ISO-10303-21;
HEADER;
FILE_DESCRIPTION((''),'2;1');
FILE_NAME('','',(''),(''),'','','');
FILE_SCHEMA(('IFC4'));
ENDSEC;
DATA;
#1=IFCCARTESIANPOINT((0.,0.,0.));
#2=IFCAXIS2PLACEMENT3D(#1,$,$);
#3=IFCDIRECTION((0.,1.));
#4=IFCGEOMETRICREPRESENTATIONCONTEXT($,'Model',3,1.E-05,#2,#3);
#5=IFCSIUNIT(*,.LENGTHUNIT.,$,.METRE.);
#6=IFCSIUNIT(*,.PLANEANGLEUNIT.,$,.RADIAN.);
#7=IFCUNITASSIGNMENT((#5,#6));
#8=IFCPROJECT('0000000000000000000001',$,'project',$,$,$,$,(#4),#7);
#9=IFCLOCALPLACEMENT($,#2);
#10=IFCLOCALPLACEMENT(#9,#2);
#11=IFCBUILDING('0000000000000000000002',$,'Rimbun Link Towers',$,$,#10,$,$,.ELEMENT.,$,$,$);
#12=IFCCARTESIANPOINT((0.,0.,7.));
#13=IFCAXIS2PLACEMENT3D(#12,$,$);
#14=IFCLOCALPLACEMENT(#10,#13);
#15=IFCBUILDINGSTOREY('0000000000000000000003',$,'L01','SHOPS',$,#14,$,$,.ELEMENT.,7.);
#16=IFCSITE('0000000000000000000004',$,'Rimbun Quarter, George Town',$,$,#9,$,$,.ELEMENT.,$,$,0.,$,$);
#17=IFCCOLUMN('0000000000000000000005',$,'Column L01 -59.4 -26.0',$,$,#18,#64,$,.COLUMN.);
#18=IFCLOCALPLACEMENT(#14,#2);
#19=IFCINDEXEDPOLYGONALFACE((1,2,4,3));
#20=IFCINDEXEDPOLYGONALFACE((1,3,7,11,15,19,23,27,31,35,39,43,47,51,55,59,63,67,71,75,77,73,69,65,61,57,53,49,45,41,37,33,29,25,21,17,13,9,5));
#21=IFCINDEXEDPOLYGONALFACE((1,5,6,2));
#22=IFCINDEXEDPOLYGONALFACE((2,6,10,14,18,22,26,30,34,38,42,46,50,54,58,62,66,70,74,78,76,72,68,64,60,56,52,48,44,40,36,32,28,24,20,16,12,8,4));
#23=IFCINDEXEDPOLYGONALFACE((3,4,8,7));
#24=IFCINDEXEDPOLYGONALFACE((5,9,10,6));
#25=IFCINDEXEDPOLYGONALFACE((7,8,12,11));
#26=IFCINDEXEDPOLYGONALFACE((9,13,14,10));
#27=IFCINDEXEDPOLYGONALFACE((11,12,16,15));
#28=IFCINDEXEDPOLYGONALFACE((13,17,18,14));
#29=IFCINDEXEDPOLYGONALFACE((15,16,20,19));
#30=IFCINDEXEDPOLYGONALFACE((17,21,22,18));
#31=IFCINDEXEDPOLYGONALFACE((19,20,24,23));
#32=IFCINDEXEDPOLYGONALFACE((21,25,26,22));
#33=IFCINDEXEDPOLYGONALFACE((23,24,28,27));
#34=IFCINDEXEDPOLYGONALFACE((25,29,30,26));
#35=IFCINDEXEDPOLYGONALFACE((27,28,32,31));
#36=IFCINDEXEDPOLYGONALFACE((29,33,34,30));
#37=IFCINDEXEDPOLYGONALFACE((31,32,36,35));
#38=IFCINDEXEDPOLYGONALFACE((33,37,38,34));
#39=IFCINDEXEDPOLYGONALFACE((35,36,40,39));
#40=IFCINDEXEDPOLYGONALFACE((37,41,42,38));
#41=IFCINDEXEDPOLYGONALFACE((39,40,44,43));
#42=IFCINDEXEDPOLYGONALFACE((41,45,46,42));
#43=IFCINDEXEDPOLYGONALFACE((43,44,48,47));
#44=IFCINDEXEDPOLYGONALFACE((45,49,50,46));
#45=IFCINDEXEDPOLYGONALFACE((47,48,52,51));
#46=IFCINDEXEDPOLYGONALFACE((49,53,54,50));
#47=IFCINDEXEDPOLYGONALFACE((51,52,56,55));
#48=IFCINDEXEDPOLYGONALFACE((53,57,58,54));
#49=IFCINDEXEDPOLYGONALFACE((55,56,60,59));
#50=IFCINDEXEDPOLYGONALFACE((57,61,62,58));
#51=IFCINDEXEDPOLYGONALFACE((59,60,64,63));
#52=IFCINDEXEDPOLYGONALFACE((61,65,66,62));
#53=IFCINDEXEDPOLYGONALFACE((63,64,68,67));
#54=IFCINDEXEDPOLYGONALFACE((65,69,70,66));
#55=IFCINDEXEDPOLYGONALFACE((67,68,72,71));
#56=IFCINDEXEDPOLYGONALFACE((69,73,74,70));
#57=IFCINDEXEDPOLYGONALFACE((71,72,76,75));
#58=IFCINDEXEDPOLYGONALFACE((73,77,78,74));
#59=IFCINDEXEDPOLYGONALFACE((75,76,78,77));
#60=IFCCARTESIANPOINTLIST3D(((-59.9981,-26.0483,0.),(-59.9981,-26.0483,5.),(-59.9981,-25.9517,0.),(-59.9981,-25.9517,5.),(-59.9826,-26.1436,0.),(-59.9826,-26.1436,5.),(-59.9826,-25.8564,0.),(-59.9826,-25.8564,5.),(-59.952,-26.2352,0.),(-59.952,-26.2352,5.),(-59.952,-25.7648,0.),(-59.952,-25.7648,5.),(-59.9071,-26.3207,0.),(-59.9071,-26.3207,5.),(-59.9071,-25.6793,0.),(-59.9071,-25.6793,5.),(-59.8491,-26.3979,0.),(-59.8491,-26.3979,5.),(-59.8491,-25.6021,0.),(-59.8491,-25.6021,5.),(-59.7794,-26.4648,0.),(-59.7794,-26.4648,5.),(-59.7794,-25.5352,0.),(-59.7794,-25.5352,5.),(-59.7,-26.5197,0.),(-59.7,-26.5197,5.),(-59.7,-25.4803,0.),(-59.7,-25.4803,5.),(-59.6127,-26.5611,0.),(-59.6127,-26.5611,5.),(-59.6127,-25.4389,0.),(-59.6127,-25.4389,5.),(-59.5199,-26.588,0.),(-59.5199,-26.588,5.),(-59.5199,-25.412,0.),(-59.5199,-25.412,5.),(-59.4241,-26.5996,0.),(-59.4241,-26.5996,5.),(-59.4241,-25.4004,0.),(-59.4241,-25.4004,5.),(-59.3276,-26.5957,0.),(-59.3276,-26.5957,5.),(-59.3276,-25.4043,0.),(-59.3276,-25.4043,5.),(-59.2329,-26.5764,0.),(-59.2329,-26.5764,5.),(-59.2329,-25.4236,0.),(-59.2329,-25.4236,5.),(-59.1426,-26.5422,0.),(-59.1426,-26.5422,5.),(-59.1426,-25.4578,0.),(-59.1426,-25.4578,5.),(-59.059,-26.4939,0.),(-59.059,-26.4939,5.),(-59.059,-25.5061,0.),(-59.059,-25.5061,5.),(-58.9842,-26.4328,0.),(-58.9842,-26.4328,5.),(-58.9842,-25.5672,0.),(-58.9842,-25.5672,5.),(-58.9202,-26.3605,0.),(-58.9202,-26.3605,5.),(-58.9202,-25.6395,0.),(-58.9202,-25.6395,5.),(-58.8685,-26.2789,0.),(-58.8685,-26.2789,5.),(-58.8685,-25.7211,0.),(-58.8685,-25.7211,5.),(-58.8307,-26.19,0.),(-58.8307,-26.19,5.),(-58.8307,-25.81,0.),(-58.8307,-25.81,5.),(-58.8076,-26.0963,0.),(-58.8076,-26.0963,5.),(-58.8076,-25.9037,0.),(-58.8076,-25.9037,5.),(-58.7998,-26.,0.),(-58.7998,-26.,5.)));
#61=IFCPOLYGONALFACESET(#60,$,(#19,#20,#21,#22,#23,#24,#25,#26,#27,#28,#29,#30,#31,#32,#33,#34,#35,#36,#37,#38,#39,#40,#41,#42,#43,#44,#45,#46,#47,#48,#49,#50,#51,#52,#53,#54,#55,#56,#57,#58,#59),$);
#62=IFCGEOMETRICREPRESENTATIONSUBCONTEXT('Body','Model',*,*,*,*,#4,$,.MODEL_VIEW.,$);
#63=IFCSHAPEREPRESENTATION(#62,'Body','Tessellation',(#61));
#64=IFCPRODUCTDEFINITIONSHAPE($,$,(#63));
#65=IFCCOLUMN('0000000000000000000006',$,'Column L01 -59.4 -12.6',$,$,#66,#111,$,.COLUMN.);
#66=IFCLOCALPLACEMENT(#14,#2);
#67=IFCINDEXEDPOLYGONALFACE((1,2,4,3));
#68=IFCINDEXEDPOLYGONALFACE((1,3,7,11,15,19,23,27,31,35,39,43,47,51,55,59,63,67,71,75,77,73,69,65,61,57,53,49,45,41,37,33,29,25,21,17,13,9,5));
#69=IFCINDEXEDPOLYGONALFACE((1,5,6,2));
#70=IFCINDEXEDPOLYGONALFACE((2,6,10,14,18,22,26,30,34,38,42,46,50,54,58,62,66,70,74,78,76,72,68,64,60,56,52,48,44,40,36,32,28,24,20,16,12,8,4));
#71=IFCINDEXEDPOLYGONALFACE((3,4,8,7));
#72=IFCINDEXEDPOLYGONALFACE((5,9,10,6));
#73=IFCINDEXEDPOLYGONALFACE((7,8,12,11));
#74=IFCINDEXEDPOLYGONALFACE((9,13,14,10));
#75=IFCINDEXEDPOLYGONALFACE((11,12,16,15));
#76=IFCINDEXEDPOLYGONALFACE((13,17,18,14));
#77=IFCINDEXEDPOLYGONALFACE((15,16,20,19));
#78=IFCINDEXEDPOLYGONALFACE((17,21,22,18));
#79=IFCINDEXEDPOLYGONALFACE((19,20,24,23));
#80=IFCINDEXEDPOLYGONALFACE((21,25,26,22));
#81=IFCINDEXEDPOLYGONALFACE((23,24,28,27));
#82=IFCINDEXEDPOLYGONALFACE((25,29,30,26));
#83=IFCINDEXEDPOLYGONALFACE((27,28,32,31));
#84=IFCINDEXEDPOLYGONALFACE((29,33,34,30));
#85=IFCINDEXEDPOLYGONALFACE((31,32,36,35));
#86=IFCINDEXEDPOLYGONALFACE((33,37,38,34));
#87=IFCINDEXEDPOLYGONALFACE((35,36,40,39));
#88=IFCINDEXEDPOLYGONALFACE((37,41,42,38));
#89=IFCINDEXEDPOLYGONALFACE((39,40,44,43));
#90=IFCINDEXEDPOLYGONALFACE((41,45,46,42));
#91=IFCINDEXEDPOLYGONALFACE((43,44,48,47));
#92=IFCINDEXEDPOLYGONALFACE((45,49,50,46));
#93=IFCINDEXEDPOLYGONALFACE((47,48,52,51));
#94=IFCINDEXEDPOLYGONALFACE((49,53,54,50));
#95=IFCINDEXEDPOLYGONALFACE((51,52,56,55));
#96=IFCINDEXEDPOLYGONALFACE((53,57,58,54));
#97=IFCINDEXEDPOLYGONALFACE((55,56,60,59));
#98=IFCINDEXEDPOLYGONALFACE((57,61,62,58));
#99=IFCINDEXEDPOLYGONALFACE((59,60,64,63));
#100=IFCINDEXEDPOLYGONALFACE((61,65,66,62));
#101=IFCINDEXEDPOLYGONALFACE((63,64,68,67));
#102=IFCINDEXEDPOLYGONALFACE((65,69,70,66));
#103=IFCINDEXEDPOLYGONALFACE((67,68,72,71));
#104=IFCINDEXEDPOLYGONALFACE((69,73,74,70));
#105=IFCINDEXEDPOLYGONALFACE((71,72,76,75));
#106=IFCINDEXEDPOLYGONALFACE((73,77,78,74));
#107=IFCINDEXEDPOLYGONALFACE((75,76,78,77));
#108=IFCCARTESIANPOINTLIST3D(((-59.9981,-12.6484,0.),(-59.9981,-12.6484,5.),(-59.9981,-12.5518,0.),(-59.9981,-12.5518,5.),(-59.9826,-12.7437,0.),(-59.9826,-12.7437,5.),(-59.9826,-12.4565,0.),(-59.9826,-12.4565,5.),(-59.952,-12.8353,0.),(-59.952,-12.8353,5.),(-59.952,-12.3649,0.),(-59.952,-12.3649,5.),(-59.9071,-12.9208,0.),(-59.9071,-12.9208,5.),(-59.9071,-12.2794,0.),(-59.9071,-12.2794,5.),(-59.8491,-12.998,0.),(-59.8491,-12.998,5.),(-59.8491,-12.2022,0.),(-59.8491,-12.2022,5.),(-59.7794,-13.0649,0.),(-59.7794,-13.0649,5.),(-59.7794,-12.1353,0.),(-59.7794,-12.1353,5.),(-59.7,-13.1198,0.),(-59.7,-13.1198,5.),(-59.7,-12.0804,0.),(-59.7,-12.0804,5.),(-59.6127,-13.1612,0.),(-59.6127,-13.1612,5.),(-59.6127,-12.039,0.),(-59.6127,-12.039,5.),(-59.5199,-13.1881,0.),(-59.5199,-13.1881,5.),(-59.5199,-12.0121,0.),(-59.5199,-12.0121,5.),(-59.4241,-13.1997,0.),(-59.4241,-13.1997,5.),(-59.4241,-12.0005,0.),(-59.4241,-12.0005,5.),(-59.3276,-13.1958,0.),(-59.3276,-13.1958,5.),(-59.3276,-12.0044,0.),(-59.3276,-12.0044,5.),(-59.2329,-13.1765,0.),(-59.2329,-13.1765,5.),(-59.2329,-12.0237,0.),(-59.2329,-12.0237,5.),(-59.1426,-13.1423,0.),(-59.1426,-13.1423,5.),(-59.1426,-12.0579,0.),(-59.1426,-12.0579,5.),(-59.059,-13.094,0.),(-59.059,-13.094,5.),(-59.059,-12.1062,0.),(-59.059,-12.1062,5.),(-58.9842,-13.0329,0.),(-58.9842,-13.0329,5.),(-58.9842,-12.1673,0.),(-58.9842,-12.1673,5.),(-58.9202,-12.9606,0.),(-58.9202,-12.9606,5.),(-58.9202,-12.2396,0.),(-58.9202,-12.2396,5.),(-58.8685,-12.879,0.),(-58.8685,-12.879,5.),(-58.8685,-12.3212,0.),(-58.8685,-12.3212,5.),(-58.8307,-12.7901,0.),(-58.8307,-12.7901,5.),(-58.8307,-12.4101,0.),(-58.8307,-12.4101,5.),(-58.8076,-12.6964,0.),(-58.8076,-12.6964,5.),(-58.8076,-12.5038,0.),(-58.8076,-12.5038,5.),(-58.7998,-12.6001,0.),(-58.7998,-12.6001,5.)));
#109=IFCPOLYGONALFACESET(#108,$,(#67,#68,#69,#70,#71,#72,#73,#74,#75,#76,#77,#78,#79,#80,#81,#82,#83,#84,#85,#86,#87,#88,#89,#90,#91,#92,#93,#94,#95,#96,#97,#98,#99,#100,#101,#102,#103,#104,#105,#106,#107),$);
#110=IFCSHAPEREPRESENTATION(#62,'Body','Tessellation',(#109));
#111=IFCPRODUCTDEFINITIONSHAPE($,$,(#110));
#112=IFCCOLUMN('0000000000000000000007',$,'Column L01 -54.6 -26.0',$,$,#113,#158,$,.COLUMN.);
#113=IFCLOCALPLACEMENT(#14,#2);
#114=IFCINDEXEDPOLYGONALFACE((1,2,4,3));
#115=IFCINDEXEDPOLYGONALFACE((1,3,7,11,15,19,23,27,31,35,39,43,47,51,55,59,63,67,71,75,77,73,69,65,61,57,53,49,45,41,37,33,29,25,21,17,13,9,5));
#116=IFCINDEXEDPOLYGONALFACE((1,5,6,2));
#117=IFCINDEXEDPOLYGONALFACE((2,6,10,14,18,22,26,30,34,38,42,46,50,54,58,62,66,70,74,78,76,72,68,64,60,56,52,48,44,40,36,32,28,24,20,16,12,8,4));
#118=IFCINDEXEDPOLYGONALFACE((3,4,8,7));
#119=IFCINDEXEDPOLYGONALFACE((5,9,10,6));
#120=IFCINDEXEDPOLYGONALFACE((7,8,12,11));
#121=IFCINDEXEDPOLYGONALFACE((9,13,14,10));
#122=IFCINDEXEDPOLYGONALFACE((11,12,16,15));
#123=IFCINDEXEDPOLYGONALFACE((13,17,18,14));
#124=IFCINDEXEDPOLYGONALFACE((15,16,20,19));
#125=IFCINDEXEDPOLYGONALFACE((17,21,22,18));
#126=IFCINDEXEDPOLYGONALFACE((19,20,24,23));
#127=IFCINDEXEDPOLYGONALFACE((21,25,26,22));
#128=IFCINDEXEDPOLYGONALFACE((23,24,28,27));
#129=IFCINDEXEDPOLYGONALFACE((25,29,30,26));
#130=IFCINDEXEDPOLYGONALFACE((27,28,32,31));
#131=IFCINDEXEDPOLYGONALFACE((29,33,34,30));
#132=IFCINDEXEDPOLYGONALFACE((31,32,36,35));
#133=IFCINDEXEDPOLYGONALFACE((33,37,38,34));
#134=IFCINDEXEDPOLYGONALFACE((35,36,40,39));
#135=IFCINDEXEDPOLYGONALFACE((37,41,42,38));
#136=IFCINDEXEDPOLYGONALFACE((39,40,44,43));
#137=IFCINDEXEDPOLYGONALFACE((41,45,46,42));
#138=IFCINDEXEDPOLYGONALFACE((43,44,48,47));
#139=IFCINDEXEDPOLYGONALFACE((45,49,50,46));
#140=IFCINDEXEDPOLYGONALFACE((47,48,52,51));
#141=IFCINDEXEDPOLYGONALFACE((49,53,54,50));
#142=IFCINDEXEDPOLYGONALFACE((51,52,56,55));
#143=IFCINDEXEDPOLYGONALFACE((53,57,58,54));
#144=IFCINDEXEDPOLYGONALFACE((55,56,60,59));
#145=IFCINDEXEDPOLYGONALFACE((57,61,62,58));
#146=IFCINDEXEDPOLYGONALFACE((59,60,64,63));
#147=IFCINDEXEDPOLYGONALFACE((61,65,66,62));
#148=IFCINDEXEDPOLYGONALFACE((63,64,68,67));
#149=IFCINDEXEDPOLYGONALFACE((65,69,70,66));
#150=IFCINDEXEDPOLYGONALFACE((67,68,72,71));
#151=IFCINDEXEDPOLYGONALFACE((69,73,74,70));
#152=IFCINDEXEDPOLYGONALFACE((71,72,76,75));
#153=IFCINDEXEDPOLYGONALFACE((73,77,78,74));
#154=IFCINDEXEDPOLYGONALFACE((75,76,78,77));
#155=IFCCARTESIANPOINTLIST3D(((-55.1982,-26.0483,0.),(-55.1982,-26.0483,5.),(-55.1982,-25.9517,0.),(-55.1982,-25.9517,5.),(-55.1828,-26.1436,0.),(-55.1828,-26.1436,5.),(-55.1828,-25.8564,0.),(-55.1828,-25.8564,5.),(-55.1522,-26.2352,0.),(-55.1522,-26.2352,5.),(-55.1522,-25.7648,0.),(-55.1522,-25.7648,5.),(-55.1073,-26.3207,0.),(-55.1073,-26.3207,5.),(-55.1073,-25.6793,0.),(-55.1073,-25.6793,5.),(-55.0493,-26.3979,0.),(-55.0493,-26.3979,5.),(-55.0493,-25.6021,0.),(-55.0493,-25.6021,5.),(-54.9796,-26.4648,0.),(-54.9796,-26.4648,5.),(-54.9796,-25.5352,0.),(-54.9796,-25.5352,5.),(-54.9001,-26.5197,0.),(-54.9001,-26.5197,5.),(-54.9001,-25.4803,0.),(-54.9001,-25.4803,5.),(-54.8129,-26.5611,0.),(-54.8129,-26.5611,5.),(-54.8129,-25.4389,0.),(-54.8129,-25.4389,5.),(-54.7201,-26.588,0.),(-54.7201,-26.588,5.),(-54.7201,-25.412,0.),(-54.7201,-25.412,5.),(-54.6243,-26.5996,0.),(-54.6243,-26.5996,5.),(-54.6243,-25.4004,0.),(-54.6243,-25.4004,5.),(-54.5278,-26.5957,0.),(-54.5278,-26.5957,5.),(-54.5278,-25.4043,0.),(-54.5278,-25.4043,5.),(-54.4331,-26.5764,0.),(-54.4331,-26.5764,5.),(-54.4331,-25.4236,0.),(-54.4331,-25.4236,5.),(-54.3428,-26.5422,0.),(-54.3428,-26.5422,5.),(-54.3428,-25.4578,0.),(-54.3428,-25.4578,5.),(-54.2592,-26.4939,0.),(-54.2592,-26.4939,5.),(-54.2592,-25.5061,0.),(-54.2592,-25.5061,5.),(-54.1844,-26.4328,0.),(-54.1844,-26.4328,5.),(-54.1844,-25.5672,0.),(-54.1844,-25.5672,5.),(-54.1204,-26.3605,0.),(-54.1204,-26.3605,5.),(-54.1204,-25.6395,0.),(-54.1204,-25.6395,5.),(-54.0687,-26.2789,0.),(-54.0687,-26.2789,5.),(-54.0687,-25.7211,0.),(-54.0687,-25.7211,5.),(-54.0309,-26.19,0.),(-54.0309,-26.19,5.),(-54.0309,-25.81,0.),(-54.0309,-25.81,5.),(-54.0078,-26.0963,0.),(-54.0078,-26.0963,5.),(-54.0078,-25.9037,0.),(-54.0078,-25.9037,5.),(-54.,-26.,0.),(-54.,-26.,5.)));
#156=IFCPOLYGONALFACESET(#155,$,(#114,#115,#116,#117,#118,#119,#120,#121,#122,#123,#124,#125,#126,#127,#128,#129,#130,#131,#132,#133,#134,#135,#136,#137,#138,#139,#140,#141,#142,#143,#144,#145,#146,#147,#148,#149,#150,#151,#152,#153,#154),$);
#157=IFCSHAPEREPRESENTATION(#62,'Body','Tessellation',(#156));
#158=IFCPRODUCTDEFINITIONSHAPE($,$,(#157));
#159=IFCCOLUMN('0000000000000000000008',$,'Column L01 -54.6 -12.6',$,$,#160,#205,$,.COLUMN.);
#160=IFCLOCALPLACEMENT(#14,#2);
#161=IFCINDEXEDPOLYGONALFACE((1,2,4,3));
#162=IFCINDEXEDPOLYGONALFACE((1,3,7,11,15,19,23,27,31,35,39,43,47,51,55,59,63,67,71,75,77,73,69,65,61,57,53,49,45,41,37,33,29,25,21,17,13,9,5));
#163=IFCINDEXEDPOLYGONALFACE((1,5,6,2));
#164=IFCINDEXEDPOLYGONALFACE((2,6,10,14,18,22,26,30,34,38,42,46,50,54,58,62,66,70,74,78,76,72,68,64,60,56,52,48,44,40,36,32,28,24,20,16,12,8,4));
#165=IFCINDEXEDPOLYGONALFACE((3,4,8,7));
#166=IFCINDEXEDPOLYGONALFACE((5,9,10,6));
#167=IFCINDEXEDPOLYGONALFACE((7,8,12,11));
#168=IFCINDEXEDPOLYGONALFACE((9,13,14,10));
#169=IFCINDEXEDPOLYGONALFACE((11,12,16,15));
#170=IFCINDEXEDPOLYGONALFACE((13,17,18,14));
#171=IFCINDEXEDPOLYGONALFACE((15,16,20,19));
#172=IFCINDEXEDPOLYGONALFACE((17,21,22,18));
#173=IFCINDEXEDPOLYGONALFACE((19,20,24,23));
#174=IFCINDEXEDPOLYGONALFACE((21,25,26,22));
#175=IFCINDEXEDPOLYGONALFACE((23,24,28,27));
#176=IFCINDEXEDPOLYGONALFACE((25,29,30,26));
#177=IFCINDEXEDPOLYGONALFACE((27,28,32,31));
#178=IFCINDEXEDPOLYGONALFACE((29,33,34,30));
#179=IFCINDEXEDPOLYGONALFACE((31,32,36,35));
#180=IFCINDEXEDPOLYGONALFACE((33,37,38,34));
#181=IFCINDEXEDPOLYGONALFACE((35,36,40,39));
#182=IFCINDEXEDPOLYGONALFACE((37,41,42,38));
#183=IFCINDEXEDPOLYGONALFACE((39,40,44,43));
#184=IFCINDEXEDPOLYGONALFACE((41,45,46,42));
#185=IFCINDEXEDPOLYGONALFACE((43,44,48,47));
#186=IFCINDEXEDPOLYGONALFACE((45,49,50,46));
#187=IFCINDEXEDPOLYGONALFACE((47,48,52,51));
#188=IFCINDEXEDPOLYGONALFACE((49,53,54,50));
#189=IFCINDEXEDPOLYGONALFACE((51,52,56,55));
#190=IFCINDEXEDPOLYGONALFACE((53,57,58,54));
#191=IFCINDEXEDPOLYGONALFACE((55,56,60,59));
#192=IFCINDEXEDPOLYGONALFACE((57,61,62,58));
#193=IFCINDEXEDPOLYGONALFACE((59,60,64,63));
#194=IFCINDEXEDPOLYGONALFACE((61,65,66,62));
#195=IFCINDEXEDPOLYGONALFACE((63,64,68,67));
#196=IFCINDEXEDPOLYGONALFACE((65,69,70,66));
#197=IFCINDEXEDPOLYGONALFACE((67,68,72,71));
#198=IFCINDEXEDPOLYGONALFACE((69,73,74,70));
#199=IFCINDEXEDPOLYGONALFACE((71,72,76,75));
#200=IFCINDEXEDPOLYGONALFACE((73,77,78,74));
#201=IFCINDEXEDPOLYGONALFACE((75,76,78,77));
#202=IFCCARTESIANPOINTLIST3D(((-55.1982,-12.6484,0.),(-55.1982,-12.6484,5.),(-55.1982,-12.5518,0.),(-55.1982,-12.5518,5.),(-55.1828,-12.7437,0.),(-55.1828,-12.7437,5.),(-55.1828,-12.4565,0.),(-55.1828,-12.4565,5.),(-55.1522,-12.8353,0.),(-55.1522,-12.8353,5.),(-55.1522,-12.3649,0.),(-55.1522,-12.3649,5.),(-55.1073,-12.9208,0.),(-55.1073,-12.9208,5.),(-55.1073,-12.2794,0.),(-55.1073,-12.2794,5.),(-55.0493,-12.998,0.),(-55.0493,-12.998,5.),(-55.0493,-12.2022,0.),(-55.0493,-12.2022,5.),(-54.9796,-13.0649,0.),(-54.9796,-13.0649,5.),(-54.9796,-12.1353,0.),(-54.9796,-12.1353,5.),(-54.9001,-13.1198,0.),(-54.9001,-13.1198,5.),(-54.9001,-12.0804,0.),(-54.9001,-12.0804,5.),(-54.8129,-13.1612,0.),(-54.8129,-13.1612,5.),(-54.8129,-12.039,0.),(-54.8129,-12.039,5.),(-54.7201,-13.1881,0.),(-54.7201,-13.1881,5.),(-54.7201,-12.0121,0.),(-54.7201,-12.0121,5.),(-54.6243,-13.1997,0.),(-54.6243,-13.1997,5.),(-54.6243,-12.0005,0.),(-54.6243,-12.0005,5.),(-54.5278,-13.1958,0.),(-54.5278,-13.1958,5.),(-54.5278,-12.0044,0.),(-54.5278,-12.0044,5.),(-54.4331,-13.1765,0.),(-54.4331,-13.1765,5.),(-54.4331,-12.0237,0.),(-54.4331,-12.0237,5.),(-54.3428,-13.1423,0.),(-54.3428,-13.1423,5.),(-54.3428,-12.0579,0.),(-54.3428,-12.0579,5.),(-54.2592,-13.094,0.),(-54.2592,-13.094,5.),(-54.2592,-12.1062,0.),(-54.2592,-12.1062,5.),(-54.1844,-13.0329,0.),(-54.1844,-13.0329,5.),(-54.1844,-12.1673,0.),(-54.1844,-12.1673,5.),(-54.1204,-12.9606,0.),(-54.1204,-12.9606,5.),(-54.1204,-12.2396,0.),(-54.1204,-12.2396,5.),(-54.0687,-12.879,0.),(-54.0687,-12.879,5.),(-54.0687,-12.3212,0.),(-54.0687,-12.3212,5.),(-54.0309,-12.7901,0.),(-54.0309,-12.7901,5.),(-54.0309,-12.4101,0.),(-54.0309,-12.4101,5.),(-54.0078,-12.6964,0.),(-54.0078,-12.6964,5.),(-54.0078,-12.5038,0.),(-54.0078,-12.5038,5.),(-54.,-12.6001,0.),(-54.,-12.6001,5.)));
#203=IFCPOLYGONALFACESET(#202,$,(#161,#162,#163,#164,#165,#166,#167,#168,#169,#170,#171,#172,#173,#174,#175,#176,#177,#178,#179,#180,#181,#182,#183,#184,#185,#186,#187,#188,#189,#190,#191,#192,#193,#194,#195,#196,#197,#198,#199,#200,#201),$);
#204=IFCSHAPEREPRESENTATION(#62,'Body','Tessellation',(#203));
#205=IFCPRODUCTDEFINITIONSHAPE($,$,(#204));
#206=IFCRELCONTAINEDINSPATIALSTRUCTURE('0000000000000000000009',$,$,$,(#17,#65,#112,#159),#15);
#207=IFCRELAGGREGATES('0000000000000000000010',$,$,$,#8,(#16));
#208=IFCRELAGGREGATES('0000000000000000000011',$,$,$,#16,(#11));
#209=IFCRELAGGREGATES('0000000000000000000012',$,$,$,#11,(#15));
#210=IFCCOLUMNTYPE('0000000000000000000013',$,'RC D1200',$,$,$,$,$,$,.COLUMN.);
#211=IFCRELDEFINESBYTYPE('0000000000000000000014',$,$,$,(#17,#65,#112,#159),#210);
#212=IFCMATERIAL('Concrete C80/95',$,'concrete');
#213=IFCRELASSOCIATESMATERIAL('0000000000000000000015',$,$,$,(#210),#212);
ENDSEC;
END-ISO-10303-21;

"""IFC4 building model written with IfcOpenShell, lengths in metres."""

from ifc_helpers import new_model, si_unit, direction, frame, origin, origin_2d, place, context, subcontext, project, spatial, circle, extrude, material, material_profile, profile_set, type_object, element, save


model = new_model("IFC4")

# Units and contexts
model_context = context("Model", 3, precision=1e-05, world=origin(), true_north=direction((0.0, 1.0)))
body_context = subcontext(model_context, "Body", "Model", "MODEL_VIEW")
ifc_project = project(units=[si_unit("LENGTHUNIT", "METRE"), si_unit("PLANEANGLEUNIT", "RADIAN")], contexts=[model_context])

# Site, building, storey
site_placement = place(None, origin())
site = spatial("IfcSite", under=ifc_project, at=site_placement, Name="Rimbun Quarter, George Town", CompositionType="ELEMENT", RefElevation=0.0)
building_placement = place(site_placement, origin())
building = spatial("IfcBuilding", under=site, at=building_placement, Name="Rimbun Link Towers", CompositionType="ELEMENT")
storey_placement = place(building_placement, frame((0.0, 0.0, 7.0)))
storey = spatial("IfcBuildingStorey", under=building, at=storey_placement, Name="L01", Description="SHOPS", CompositionType="ELEMENT", Elevation=7.0)

# Columns
ifc_material_1 = material(Name="Concrete C80/95", Category="concrete")
ifc_material_profile_1 = material_profile(ifc_material_1, circle(Radius=0.6001, at=origin_2d()), Name="RC D1200")
ifc_profile_set_1 = profile_set([ifc_material_profile_1], Name="Concrete C80/95")
column_type = type_object("IfcColumnType", Name="RC D1200", PredefinedType="COLUMN", material=ifc_profile_set_1)
for number, where, z_axis, x_axis, name in (
    (1, (-59.3999, -26.0, 0.0), (0.0, 0.0, 1.0), (1.0, 0.0, 0.0), "Column L01 -59.4 -26.0"),
    (2, (-59.3999, -12.6001, 0.0), (0.0, 0.0, 1.0), (1.0, 0.0, 0.0), "Column L01 -59.4 -12.6"),
    (3, (-54.6001, -26.0, 0.0), (0.0, 0.0, 1.0), (1.0, 0.0, 0.0), "Column L01 -54.6 -26.0"),
    (4, (-54.6001, -12.6001, 0.0), (0.0, 0.0, 1.0), (1.0, 0.0, 0.0), "Column L01 -54.6 -12.6"),
):
    element("IfcColumn", number, at=place(storey_placement, frame(where, z_axis=z_axis, x_axis=x_axis)), inside=storey, type_object=column_type, Name=name, PredefinedType="COLUMN", context=body_context, shape_type="SweptSolid", body=[
        extrude(circle(Radius=0.6001, at=origin_2d()), origin(), (0.0, 0.0, 1.0), 5.0),
    ])

save(model, "model.ifc")
